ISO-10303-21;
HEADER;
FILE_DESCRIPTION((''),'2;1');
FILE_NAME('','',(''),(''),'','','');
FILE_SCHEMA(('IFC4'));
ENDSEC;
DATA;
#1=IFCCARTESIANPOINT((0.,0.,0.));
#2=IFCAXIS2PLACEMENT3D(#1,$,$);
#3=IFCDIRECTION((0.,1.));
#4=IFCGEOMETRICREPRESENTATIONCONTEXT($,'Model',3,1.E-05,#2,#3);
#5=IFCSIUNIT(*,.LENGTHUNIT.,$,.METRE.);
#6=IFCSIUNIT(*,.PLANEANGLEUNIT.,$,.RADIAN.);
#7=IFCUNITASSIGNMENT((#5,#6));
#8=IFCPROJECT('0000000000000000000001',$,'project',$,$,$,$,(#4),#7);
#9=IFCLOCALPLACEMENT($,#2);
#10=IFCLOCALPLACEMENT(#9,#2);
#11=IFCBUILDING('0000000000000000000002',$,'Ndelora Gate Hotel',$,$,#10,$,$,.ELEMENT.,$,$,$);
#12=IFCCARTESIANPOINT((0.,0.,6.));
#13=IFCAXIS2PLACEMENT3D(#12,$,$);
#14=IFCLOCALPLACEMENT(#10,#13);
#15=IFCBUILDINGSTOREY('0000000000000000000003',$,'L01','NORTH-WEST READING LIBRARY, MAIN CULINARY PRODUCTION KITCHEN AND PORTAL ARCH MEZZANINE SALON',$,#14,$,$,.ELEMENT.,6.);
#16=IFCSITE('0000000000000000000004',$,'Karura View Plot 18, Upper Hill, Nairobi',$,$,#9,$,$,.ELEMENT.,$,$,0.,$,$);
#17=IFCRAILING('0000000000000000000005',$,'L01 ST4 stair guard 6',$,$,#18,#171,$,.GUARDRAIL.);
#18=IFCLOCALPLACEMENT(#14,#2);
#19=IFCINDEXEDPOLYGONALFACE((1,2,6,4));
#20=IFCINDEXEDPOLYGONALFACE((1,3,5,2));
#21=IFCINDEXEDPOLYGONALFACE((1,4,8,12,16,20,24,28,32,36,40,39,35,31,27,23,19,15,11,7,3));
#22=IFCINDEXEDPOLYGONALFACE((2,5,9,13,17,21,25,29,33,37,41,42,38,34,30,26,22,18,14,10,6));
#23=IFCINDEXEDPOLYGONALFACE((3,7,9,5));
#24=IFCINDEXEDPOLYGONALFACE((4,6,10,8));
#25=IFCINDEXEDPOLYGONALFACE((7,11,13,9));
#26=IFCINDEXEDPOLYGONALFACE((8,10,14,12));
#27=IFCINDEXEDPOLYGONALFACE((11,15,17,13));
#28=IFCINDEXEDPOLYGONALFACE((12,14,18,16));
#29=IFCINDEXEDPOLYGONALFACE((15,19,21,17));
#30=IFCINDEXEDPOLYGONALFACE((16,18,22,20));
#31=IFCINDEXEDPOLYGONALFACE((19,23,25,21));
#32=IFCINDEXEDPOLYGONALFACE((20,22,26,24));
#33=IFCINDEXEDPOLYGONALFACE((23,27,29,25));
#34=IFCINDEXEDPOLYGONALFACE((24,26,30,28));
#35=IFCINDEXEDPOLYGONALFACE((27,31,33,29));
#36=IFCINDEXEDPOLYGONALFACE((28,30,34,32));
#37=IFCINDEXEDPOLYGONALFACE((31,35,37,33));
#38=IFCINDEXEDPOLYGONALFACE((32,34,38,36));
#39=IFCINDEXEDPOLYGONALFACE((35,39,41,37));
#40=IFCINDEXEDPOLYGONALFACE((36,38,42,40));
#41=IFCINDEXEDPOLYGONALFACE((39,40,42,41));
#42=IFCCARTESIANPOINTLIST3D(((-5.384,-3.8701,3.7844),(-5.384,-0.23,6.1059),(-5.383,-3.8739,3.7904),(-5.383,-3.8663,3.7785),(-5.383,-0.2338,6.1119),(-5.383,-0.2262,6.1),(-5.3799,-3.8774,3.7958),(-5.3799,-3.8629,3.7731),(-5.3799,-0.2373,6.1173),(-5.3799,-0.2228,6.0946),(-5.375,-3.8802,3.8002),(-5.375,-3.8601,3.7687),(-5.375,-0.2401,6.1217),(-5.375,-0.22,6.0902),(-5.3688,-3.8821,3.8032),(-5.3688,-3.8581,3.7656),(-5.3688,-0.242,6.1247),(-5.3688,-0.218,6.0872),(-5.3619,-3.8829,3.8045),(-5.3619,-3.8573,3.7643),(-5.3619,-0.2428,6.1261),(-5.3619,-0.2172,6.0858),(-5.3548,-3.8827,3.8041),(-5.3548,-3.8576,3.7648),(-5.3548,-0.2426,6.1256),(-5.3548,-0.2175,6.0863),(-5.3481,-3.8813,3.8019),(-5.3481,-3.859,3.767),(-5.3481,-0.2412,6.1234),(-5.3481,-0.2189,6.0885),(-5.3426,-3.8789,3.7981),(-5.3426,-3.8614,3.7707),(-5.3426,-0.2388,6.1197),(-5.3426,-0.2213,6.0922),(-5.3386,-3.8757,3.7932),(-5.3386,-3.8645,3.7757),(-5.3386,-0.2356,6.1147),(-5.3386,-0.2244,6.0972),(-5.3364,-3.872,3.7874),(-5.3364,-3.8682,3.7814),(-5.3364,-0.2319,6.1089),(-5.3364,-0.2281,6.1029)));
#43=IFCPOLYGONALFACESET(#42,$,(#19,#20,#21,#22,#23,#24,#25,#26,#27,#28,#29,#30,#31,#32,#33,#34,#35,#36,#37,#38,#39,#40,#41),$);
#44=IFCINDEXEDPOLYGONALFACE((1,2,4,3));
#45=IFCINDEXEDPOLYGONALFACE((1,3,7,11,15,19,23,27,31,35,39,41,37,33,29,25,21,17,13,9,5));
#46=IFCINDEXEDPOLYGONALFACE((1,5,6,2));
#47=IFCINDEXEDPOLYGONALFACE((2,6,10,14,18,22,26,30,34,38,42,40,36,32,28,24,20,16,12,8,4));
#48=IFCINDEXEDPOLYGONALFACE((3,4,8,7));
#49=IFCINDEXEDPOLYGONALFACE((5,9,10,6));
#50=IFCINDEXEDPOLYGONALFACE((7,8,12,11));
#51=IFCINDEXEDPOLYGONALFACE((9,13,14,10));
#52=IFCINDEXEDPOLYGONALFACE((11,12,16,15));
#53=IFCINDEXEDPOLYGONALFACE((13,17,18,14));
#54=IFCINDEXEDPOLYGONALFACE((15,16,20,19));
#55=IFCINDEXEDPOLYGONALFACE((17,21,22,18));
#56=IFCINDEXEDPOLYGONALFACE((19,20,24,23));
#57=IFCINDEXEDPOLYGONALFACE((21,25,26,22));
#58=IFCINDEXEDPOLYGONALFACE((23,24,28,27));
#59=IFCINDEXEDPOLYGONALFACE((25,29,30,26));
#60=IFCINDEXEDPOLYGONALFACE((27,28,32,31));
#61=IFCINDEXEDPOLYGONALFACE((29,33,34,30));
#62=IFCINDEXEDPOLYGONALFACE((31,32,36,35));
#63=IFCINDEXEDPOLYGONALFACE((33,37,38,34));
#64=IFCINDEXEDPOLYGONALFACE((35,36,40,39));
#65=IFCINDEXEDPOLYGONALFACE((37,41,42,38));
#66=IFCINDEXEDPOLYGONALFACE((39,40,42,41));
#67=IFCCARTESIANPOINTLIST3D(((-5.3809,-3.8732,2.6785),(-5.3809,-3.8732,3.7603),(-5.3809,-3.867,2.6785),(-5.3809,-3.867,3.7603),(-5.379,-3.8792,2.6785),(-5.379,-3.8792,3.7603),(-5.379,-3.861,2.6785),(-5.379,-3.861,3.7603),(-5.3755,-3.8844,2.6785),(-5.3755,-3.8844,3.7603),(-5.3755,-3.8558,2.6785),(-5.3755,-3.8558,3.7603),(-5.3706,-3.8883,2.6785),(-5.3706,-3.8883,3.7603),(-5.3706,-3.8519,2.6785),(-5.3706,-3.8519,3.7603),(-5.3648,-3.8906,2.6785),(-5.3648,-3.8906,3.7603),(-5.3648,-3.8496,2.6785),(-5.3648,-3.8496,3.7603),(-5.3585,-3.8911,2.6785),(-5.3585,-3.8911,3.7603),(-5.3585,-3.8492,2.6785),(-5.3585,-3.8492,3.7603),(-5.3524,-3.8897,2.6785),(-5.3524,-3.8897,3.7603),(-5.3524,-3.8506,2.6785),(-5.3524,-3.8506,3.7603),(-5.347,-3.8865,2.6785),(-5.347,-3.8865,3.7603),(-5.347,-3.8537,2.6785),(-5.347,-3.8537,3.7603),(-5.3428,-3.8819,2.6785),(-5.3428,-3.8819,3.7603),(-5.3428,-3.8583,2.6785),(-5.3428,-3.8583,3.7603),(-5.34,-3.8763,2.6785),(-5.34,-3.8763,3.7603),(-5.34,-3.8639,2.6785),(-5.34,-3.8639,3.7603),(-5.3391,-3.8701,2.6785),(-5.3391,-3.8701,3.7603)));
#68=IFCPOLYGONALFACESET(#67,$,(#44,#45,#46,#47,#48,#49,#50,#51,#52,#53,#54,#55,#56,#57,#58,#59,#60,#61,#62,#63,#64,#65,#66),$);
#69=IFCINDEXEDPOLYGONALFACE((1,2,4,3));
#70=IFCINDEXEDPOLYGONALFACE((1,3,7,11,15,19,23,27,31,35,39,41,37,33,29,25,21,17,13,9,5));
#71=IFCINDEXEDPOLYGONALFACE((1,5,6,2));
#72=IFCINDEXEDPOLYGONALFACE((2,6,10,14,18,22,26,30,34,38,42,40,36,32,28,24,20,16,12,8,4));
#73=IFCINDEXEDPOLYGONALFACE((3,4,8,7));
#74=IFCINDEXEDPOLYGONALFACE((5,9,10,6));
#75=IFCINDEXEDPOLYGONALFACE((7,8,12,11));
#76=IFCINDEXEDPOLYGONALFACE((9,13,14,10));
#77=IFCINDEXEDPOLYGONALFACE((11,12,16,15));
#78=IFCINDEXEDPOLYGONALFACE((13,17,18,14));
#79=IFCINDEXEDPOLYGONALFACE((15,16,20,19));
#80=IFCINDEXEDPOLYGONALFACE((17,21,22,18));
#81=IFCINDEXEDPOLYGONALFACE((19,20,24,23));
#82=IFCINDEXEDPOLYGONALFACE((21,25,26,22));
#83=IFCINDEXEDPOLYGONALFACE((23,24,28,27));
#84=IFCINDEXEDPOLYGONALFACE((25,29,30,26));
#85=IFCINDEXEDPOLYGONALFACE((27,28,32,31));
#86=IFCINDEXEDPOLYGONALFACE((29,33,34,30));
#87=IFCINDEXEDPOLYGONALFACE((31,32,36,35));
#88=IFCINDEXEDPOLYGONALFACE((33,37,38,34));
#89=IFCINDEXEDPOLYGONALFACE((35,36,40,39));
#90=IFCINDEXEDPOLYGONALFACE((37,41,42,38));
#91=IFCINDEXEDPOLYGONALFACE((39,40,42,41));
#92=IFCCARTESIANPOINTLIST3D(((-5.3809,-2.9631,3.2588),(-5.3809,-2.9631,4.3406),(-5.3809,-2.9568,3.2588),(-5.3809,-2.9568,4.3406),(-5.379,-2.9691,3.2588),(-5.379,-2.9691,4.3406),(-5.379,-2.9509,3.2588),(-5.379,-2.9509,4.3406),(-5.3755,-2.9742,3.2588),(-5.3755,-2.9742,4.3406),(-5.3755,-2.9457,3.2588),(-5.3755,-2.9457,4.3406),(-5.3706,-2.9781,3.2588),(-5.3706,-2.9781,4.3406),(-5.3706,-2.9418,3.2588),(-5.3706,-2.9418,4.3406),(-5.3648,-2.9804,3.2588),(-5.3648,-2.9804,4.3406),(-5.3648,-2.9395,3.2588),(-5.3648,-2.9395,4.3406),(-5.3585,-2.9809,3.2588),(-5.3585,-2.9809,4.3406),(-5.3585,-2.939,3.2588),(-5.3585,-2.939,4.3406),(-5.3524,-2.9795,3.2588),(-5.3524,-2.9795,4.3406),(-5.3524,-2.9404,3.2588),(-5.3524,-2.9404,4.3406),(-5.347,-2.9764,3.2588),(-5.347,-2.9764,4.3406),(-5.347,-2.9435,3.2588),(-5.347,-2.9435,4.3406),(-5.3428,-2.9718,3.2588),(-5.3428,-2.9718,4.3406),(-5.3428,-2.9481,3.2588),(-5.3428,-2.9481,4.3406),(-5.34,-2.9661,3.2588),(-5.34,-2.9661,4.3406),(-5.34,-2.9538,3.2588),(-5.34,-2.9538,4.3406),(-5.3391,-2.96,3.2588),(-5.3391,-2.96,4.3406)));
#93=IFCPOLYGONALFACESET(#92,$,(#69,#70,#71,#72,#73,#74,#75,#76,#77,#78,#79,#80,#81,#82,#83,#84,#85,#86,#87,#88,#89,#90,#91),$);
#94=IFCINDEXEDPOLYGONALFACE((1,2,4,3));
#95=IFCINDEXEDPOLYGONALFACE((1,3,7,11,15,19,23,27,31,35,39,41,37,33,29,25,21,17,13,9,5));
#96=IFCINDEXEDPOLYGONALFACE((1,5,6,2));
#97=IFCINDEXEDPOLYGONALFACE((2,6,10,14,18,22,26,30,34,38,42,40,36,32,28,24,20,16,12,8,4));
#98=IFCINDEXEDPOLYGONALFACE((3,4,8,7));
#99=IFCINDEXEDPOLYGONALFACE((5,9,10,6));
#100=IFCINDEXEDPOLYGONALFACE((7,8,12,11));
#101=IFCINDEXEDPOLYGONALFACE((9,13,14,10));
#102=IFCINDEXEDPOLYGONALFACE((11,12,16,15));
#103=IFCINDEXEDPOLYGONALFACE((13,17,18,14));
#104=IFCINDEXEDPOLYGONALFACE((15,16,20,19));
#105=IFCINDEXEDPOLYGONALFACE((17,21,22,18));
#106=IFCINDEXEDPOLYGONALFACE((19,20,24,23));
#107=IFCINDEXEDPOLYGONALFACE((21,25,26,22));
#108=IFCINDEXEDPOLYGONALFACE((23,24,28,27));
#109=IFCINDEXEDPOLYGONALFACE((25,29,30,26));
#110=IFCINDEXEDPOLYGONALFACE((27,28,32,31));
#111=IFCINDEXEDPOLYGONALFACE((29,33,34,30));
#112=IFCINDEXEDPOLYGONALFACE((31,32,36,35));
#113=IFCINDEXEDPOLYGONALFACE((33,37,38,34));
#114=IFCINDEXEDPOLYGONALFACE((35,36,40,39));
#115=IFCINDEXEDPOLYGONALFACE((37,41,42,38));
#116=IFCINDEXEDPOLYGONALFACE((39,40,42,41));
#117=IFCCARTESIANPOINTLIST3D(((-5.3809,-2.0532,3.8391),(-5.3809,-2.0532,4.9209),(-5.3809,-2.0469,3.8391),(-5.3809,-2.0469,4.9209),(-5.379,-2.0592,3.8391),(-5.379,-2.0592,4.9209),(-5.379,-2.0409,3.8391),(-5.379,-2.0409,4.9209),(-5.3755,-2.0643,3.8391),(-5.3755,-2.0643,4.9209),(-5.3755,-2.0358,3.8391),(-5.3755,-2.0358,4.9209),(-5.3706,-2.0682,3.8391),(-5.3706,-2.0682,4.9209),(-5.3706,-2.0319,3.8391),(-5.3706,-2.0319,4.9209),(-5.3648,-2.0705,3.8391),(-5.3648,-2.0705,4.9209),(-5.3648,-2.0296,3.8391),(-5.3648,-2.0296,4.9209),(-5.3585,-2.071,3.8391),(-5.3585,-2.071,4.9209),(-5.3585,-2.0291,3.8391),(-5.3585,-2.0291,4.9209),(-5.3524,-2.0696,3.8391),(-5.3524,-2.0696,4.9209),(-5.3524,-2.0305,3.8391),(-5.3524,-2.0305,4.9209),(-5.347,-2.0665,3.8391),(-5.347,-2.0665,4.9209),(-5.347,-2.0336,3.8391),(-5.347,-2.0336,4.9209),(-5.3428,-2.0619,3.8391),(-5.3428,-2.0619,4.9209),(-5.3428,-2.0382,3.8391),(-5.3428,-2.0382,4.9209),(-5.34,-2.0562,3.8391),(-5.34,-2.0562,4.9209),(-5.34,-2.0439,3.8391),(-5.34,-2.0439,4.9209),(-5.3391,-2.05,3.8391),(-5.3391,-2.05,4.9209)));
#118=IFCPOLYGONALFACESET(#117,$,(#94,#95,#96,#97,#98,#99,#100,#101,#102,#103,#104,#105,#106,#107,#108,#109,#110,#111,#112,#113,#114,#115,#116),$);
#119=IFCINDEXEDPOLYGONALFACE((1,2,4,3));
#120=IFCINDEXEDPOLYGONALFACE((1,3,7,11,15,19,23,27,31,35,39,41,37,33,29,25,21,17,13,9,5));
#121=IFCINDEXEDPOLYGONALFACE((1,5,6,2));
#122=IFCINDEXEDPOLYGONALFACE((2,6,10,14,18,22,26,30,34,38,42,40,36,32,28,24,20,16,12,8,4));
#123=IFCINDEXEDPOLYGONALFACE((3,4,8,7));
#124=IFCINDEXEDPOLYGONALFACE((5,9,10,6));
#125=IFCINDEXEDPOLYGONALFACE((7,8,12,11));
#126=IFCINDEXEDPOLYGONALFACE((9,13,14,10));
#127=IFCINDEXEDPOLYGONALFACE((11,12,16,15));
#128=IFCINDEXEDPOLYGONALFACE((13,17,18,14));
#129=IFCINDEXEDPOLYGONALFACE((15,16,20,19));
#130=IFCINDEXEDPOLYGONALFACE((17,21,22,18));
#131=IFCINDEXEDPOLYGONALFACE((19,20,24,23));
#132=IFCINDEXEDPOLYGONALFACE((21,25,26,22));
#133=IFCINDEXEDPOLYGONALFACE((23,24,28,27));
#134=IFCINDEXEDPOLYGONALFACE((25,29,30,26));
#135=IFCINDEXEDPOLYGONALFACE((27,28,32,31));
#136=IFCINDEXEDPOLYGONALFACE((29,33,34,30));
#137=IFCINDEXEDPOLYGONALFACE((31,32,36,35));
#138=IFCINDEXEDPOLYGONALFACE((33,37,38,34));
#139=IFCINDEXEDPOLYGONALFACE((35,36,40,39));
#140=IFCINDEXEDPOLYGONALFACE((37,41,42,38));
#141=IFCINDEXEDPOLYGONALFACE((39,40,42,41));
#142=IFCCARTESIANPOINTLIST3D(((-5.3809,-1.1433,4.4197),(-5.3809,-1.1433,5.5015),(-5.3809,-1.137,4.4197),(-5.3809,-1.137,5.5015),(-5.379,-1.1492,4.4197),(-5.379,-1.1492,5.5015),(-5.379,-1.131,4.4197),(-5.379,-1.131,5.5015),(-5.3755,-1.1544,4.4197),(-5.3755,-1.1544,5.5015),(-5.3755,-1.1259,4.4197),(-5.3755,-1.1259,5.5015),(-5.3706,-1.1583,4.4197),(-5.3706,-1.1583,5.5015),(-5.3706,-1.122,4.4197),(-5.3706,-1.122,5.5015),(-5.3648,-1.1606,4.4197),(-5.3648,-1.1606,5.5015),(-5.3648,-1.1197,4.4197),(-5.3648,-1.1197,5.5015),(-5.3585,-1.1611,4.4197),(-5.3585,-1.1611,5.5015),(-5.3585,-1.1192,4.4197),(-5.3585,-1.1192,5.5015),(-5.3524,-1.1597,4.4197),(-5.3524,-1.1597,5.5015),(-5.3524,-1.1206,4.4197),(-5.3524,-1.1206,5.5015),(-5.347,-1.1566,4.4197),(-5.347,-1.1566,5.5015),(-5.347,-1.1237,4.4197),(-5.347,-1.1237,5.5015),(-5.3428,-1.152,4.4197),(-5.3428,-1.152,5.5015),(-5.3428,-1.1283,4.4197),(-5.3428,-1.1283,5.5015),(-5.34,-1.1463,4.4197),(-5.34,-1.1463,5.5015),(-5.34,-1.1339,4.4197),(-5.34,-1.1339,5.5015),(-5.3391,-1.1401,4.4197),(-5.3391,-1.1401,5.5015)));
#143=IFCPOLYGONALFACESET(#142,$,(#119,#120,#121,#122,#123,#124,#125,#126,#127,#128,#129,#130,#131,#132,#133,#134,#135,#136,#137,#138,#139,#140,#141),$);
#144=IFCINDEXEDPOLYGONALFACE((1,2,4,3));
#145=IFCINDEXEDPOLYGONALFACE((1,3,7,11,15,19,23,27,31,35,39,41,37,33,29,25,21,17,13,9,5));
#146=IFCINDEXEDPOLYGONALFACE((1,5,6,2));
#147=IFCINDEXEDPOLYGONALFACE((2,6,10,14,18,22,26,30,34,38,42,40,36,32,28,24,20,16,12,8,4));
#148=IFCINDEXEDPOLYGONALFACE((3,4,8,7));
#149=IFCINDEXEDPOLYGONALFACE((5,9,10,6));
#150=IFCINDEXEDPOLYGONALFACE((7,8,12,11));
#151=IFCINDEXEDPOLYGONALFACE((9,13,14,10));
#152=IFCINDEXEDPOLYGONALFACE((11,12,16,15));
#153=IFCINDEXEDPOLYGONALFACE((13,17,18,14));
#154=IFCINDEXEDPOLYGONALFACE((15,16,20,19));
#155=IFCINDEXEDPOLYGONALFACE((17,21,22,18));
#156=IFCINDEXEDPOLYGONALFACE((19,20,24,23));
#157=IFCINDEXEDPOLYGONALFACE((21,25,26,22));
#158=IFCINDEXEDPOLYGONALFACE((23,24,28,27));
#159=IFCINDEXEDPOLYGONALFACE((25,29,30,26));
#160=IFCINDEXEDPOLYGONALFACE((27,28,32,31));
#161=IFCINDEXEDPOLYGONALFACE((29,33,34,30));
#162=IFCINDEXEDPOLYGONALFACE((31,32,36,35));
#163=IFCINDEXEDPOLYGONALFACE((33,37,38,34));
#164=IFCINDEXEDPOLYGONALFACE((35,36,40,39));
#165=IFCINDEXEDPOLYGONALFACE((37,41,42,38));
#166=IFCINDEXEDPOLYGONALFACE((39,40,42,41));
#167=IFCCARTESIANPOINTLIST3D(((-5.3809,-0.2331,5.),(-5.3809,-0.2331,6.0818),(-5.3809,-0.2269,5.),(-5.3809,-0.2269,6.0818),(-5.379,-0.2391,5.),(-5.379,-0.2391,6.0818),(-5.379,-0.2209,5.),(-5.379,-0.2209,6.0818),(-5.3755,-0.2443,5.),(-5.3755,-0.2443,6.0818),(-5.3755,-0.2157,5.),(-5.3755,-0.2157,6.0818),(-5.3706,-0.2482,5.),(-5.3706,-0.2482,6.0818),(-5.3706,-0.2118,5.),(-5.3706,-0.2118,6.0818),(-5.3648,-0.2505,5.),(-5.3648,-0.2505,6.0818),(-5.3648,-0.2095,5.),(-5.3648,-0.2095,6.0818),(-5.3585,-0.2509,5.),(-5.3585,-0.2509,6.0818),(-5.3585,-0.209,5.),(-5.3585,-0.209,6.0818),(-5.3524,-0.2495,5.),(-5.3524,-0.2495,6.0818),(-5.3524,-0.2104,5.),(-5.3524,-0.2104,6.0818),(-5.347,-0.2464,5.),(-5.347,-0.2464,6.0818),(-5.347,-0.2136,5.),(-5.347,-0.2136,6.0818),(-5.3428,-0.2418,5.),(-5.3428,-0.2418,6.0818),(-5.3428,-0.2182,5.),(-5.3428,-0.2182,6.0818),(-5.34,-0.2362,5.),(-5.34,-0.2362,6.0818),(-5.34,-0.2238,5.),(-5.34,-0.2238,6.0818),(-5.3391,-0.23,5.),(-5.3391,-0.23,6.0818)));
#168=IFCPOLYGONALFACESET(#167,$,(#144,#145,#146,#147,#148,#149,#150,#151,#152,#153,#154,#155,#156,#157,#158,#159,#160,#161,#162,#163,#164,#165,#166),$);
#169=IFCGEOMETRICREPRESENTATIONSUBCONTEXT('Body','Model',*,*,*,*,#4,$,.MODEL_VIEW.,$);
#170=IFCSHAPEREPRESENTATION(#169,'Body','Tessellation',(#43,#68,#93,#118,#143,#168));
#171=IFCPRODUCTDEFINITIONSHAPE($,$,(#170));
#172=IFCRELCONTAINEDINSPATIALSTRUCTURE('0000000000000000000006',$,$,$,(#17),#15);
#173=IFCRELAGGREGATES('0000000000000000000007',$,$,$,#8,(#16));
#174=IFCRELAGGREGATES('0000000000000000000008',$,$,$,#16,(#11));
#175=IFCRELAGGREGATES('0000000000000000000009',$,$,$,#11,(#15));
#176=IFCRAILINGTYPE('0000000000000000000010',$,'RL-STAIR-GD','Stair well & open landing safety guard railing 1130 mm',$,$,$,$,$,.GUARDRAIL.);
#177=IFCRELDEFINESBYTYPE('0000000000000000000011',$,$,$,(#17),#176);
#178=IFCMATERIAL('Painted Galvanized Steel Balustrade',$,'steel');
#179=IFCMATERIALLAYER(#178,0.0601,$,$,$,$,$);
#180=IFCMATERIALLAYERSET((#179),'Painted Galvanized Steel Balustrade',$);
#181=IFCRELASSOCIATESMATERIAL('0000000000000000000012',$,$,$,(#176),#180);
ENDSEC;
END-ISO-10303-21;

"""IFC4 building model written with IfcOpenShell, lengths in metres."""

from ifc_helpers import new_model, si_unit, direction, frame, origin, origin_2d, place, context, subcontext, project, spatial, circle, extrude, material, layer, layer_set, type_object, element, save


model = new_model("IFC4")

# Units and contexts
model_context = context("Model", 3, precision=1e-05, world=origin(), true_north=direction((0.0, 1.0)))
body_context = subcontext(model_context, "Body", "Model", "MODEL_VIEW")
ifc_project = project(units=[si_unit("LENGTHUNIT", "METRE"), si_unit("PLANEANGLEUNIT", "RADIAN")], contexts=[model_context])

# Site, building, storey
site_placement = place(None, origin())
site = spatial("IfcSite", under=ifc_project, at=site_placement, Name="Karura View Plot 18, Upper Hill, Nairobi", CompositionType="ELEMENT", RefElevation=0.0)
building_placement = place(site_placement, origin())
building = spatial("IfcBuilding", under=site, at=building_placement, Name="Ndelora Gate Hotel", CompositionType="ELEMENT")
storey_placement = place(building_placement, frame((0.0, 0.0, 6.0)))
storey = spatial("IfcBuildingStorey", under=building, at=storey_placement, Name="L01", Description="NORTH-WEST READING LIBRARY, MAIN CULINARY PRODUCTION KITCHEN AND PORTAL ARCH MEZZANINE SALON", CompositionType="ELEMENT", Elevation=6.0)

# Railing
ifc_material_1 = material(Name="Painted Galvanized Steel Balustrade", Category="steel")
ifc_layer_1 = layer(ifc_material_1, 0.0601)
ifc_layer_set_1 = layer_set([ifc_layer_1], Name="Painted Galvanized Steel Balustrade")
railing_type_1 = type_object("IfcRailingType", Name="RL-STAIR-GD", Description="Stair well & open landing safety guard railing 1130 mm", PredefinedType="GUARDRAIL", material=ifc_layer_set_1)
railing_1_placement = place(storey_placement, frame((-5.3601, -3.8701, 2.6785)))
element("IfcRailing", 1, at=railing_1_placement, inside=storey, type_object=railing_type_1, Name="L01 ST4 stair guard 6", PredefinedType="GUARDRAIL", context=body_context, shape_type="SweptSolid", body=[
    extrude(circle(Radius=0.0239, at=origin_2d()), frame((0.0, 0.0, 1.106), z_axis=(0.0, 0.843128, 0.537713), x_axis=(-1.0, 0.0, 0.0)), (0.0, 0.0, 1.0), 4.3174),
    extrude(circle(Radius=0.021, at=origin_2d()), origin(), (0.0, 0.0, 1.0), 1.0818),
    extrude(circle(Radius=0.021, at=origin_2d()), frame((0.0, 0.9102, 0.5803)), (0.0, 0.0, 1.0), 1.0818),
    extrude(circle(Radius=0.021, at=origin_2d()), frame((0.0, 1.8201, 1.1606)), (0.0, 0.0, 1.0), 1.0818),
    extrude(circle(Radius=0.021, at=origin_2d()), frame((0.0, 2.73, 1.7412)), (0.0, 0.0, 1.0), 1.0818),
    extrude(circle(Radius=0.021, at=origin_2d()), frame((0.0, 3.6401, 2.3215)), (0.0, 0.0, 1.0), 1.0818),
])

save(model, "model.ifc")
